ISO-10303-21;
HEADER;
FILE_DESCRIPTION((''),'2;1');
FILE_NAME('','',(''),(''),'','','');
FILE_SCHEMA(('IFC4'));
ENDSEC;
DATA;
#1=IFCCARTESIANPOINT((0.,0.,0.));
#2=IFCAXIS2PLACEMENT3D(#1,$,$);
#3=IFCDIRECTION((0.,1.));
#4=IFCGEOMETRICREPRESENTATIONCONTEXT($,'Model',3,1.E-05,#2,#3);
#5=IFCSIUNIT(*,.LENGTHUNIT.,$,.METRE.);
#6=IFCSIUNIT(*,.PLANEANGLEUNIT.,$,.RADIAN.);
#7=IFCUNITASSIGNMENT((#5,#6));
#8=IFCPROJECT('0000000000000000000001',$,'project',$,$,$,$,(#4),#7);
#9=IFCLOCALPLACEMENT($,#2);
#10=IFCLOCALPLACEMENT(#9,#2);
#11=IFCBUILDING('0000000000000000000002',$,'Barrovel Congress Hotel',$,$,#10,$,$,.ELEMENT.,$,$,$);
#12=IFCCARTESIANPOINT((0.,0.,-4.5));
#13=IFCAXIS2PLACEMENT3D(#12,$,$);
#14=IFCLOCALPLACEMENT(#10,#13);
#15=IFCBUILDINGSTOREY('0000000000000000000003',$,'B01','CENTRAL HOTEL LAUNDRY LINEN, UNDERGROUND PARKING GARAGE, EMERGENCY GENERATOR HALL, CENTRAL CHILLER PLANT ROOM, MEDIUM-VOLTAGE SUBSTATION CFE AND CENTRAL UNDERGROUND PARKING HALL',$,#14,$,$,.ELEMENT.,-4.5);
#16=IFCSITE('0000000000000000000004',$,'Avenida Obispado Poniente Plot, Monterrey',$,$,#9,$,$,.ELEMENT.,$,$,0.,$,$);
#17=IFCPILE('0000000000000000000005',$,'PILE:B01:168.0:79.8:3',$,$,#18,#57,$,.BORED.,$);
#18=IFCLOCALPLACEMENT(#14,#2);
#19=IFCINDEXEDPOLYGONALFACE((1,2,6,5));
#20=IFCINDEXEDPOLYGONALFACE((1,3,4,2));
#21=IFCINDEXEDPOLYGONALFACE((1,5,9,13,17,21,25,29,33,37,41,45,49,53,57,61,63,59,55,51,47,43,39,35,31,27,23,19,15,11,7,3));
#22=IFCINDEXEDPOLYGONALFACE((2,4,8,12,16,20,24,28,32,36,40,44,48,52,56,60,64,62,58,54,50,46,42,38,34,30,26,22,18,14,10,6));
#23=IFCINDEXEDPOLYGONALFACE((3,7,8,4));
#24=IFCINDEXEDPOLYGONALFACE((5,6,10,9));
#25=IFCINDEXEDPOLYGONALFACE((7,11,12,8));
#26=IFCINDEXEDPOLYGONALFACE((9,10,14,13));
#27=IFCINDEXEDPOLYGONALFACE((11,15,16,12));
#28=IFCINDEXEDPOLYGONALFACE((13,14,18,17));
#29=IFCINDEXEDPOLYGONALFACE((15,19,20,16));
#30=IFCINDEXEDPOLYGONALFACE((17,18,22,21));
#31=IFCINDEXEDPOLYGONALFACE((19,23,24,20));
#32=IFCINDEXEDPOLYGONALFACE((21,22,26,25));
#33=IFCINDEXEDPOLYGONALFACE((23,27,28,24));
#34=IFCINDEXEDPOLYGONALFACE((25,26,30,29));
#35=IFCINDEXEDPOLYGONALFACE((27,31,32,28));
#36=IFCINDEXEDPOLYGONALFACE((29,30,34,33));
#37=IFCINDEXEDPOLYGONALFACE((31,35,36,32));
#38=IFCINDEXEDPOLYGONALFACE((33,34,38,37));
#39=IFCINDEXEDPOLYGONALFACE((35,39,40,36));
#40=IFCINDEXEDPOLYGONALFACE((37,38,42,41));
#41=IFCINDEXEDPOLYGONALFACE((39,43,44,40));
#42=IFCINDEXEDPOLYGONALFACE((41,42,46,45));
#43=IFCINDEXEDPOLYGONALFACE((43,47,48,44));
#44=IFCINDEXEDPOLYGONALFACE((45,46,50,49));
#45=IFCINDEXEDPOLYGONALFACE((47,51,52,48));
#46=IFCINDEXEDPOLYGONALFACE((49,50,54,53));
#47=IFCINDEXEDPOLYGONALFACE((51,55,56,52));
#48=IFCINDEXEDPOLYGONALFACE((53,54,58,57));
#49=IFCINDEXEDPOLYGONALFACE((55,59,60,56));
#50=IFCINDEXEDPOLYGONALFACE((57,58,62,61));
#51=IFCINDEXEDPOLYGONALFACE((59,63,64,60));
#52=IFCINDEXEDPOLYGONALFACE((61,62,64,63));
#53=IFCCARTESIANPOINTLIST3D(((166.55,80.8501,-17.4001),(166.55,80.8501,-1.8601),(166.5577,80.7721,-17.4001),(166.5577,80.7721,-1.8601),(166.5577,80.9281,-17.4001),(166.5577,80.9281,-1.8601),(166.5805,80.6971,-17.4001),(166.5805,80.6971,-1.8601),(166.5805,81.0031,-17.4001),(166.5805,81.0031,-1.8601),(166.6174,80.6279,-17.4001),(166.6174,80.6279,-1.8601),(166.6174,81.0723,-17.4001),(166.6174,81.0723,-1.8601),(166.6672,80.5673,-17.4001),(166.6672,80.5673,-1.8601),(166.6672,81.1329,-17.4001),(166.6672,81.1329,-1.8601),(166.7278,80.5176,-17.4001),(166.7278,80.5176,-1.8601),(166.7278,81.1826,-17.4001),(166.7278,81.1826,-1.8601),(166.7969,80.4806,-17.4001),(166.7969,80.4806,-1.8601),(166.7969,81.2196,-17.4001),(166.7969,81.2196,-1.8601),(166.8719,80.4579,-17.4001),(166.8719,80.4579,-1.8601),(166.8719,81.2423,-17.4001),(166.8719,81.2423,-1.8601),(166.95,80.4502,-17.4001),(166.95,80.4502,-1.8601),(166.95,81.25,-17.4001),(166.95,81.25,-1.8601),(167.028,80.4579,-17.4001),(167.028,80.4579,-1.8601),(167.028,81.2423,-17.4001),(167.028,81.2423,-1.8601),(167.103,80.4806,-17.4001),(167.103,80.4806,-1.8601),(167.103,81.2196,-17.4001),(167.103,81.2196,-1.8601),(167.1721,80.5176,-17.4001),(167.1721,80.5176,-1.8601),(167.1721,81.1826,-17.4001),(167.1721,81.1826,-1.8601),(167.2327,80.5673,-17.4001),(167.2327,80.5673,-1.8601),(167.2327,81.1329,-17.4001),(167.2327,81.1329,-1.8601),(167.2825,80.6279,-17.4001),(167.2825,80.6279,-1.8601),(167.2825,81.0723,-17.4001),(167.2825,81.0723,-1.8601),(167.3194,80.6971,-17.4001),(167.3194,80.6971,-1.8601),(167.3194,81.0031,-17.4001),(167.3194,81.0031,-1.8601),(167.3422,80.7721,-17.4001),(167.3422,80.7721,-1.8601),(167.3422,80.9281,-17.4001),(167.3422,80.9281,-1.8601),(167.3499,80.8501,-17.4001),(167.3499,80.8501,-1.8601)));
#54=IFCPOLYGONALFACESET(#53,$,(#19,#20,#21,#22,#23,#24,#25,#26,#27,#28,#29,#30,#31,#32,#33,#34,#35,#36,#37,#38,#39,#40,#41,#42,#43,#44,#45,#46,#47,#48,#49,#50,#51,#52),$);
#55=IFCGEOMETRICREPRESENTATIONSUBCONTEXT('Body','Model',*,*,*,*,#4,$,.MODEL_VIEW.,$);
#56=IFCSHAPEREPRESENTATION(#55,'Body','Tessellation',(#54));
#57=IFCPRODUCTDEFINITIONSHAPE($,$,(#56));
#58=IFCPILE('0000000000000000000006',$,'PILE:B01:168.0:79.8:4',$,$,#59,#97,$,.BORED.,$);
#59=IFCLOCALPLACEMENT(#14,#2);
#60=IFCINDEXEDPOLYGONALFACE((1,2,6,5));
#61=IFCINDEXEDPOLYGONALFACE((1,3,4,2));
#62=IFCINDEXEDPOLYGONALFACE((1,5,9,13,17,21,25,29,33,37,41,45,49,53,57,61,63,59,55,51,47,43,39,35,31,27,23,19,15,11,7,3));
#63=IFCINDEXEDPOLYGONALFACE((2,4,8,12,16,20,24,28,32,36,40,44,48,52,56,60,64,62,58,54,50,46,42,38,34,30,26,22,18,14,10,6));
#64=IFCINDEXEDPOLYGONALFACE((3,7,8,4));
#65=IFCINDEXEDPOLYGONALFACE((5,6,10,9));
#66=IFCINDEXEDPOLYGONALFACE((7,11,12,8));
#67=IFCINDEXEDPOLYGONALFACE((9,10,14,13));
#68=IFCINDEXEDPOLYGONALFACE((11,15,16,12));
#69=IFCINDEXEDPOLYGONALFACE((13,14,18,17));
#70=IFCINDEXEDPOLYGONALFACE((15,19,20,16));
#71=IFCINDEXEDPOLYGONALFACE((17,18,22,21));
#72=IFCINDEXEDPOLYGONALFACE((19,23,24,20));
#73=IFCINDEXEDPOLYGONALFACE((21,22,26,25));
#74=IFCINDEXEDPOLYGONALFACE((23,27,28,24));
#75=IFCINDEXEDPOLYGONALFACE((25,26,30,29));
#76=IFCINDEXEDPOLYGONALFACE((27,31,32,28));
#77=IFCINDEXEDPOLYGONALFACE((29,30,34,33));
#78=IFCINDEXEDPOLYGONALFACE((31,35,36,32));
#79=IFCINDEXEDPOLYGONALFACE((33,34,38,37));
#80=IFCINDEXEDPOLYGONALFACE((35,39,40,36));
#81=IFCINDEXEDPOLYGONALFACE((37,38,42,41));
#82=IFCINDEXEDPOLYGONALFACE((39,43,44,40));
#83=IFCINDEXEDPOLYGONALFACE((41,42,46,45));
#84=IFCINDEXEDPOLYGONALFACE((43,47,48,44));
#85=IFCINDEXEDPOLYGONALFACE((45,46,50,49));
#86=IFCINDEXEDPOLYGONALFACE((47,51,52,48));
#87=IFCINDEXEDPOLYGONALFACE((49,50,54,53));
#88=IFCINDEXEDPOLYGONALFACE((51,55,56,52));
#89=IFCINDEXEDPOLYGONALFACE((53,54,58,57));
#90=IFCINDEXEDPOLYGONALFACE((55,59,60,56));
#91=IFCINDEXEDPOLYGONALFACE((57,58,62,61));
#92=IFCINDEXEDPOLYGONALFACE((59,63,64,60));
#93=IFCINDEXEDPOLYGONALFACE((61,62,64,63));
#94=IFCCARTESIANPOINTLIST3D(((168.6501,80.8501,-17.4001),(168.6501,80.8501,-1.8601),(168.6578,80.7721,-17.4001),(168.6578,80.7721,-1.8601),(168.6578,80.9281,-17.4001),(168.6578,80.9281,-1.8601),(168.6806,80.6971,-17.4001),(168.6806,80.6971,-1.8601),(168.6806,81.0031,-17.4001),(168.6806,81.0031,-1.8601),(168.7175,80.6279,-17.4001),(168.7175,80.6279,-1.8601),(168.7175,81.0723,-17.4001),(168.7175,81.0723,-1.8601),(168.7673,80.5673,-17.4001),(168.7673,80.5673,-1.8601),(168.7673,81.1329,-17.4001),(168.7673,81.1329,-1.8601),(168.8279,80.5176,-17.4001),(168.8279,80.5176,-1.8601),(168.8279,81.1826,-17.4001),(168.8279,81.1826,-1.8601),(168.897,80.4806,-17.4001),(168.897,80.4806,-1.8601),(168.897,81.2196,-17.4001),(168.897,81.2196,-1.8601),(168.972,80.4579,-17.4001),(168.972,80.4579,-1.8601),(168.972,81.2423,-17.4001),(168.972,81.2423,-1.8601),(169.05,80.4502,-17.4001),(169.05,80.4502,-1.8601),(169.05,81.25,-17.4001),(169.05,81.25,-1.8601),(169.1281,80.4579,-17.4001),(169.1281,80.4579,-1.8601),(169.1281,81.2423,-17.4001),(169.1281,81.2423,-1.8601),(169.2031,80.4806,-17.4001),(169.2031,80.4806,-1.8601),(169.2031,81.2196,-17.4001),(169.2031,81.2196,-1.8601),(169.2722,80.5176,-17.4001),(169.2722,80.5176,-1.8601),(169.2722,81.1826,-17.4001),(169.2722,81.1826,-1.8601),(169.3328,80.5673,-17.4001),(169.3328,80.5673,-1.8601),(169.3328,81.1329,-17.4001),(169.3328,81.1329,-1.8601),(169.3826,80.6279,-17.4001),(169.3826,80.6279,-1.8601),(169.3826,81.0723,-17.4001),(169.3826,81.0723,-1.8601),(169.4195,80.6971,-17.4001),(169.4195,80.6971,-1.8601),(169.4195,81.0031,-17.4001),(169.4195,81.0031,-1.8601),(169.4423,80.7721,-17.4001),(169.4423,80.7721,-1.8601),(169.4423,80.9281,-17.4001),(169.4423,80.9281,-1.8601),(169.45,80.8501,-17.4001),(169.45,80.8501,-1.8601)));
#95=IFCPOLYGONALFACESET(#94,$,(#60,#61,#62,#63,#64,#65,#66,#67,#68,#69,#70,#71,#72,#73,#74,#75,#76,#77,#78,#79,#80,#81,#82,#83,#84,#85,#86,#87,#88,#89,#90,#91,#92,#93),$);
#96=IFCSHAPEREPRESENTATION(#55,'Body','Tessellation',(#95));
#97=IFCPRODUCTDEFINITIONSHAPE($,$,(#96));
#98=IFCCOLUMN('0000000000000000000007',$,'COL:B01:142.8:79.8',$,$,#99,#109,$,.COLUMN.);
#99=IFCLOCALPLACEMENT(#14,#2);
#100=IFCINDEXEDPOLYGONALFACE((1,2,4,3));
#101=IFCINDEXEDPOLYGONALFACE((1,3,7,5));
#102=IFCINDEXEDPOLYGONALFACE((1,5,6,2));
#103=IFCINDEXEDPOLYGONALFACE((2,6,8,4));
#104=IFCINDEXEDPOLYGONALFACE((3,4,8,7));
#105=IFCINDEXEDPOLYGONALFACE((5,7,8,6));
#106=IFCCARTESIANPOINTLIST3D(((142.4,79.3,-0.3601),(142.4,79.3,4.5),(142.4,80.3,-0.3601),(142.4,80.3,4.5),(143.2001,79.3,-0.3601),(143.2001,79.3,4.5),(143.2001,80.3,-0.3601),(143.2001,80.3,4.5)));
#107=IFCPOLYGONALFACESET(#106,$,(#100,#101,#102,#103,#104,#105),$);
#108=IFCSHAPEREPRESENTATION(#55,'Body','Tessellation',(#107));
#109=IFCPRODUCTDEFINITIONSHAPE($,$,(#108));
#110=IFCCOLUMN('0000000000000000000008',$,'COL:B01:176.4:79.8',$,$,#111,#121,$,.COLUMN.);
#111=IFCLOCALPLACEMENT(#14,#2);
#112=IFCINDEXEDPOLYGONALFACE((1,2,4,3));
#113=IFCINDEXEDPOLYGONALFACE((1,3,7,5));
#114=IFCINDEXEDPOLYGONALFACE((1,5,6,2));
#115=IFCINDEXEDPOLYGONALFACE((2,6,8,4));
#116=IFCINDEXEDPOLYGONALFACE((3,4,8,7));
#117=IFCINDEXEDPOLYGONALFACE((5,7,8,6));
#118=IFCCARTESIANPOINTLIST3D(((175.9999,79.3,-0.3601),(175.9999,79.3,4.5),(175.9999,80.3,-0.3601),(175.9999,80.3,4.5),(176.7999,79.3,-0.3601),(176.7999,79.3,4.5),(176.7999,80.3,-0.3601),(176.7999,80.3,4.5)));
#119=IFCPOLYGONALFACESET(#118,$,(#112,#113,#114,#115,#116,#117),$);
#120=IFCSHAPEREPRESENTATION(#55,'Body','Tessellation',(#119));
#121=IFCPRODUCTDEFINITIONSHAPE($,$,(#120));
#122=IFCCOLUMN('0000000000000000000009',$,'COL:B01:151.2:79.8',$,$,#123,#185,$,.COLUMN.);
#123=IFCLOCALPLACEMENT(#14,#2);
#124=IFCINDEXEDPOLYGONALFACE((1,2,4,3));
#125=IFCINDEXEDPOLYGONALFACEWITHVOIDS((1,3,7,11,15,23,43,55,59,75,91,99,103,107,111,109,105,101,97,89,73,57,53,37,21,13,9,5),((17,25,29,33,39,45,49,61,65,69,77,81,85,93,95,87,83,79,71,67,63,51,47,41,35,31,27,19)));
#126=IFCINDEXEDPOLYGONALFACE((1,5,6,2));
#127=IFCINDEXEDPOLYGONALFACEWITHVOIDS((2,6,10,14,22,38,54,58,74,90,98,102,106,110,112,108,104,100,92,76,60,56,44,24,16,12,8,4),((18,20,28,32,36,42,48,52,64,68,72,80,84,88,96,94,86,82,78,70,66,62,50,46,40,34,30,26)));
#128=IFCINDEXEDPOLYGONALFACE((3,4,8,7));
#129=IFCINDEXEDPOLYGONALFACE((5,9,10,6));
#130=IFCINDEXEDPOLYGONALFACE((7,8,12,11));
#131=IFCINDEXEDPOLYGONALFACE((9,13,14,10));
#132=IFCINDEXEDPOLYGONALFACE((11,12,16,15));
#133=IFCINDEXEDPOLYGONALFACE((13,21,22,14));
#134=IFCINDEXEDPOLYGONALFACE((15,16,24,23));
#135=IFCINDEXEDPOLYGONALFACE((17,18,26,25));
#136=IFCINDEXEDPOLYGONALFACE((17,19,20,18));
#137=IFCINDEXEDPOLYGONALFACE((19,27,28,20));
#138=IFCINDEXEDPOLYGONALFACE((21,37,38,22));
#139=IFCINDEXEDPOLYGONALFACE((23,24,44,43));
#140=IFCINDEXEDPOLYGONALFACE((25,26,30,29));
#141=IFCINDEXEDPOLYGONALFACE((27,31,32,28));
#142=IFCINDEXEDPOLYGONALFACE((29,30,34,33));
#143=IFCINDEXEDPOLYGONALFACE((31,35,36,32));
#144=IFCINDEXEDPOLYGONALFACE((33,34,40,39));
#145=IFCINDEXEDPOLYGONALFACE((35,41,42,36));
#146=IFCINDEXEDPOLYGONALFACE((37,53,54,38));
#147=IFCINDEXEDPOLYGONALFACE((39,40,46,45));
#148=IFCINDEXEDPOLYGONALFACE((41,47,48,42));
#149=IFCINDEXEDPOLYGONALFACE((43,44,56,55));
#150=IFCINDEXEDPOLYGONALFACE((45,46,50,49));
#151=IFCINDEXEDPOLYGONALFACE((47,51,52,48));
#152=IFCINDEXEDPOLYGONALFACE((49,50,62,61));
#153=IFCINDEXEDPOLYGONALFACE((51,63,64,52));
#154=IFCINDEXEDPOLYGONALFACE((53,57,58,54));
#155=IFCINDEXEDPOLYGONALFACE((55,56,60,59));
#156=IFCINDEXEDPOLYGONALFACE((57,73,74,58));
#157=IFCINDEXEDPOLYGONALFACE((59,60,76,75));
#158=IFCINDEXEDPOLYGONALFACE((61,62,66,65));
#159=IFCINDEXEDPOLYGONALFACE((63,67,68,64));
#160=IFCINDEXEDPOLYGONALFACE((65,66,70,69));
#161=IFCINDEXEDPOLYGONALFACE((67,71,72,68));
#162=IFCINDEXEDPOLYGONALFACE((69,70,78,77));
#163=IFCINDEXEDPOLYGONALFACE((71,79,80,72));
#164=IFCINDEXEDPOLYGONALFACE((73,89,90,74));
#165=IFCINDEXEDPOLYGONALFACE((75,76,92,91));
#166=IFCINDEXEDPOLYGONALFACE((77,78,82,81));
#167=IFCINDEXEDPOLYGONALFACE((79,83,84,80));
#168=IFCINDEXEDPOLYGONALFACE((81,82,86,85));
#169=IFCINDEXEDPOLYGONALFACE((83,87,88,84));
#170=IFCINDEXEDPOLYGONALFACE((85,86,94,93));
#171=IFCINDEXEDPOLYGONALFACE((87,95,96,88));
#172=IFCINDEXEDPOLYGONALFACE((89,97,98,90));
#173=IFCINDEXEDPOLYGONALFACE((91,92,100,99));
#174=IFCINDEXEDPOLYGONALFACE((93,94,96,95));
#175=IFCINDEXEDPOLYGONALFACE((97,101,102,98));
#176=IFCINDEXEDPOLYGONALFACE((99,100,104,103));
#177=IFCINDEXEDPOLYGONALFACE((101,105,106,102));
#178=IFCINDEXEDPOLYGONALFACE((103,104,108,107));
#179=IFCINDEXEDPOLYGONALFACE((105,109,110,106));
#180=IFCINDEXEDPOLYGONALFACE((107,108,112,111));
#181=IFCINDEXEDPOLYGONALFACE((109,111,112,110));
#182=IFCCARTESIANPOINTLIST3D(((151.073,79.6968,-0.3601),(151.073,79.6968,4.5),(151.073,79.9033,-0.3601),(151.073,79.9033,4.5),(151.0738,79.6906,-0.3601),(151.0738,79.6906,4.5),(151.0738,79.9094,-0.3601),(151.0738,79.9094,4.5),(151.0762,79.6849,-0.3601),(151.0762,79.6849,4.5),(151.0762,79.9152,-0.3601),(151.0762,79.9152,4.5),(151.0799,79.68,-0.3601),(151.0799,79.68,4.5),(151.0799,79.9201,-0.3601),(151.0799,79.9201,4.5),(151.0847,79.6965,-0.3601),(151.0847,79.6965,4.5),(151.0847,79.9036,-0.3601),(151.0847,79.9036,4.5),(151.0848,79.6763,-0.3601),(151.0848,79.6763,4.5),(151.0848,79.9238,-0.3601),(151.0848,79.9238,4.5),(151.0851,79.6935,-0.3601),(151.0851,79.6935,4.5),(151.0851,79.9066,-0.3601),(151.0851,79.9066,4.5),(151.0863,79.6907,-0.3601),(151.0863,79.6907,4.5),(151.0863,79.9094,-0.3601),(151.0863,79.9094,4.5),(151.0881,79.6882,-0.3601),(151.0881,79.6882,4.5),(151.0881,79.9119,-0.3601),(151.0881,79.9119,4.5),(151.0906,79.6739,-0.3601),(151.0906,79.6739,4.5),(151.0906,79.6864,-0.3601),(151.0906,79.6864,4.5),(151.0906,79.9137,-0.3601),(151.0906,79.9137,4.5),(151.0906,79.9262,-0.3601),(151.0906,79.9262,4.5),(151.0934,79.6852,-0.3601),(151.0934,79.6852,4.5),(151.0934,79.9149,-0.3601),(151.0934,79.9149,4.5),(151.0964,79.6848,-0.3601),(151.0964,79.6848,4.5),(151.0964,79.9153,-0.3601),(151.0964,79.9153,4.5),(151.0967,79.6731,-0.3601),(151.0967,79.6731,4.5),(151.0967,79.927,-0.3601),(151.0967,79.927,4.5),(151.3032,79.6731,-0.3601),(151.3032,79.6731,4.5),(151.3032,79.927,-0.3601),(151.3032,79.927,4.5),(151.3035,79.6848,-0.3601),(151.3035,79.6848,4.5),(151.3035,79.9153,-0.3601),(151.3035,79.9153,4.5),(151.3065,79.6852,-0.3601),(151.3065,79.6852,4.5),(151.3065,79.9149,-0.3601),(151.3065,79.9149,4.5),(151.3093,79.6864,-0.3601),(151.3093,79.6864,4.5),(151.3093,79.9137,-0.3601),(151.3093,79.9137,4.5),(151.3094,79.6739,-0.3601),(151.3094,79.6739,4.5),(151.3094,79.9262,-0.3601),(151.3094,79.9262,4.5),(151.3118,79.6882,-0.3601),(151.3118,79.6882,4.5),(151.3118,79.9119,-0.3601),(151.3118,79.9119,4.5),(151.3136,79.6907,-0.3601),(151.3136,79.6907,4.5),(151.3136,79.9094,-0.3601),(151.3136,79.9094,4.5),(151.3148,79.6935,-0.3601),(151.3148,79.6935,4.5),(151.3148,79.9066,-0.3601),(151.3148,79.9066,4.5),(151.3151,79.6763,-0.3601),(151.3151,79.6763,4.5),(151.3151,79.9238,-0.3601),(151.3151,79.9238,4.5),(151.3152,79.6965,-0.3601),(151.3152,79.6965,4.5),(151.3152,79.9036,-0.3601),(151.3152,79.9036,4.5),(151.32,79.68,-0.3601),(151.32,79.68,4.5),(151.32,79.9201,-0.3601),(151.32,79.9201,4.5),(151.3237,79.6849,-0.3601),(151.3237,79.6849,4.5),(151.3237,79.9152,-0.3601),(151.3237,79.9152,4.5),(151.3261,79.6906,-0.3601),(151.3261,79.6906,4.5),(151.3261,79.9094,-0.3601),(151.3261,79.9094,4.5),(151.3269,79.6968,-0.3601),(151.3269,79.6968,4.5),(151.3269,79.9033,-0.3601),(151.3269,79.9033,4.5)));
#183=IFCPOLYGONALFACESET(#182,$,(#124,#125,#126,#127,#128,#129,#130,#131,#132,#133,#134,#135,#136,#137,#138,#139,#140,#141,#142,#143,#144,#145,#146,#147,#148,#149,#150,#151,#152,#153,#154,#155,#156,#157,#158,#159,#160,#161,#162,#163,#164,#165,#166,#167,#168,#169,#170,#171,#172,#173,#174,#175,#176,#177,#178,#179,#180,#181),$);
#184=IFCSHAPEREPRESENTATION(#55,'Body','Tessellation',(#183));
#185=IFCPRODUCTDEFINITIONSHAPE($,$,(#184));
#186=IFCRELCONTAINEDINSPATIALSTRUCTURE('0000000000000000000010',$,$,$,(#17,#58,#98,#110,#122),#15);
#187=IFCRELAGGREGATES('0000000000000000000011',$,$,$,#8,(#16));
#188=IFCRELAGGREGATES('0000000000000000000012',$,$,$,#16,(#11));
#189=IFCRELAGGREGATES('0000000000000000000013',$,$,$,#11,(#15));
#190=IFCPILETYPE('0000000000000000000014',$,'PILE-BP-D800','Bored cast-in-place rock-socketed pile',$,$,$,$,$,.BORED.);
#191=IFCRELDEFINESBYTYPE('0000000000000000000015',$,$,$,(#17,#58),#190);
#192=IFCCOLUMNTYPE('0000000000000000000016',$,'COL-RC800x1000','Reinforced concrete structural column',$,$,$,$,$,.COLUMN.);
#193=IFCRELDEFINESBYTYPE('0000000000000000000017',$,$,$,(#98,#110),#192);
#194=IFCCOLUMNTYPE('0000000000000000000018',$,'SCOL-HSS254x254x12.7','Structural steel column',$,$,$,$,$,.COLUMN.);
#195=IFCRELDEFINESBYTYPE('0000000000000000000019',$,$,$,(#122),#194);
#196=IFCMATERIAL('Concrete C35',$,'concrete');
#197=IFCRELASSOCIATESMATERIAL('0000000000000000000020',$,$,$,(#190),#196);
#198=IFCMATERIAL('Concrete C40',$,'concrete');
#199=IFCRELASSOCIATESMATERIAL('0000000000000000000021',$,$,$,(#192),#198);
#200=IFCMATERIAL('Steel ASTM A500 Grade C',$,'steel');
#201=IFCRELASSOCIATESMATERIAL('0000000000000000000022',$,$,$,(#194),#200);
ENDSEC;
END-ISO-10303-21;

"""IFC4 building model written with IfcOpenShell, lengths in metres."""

from ifc_helpers import new_model, si_unit, direction, frame, origin, origin_2d, place, context, subcontext, project, spatial, rectangle, hollow_rectangle, circle, extrude, material, material_profile, profile_set, type_object, element, save


model = new_model("IFC4")

# Units and contexts
model_context = context("Model", 3, precision=1e-05, world=origin(), true_north=direction((0.0, 1.0)))
body_context = subcontext(model_context, "Body", "Model", "MODEL_VIEW")
ifc_project = project(units=[si_unit("LENGTHUNIT", "METRE"), si_unit("PLANEANGLEUNIT", "RADIAN")], contexts=[model_context])

# Site, building, storey
site_placement = place(None, origin())
site = spatial("IfcSite", under=ifc_project, at=site_placement, Name="Avenida Obispado Poniente Plot, Monterrey", CompositionType="ELEMENT", RefElevation=0.0)
building_placement = place(site_placement, origin())
building = spatial("IfcBuilding", under=site, at=building_placement, Name="Barrovel Congress Hotel", CompositionType="ELEMENT")
storey_placement = place(building_placement, frame((0.0, 0.0, -4.5)))
storey = spatial("IfcBuildingStorey", under=building, at=storey_placement, Name="B01", Description="CENTRAL HOTEL LAUNDRY LINEN, UNDERGROUND PARKING GARAGE, EMERGENCY GENERATOR HALL, CENTRAL CHILLER PLANT ROOM, MEDIUM-VOLTAGE SUBSTATION CFE AND CENTRAL UNDERGROUND PARKING HALL", CompositionType="ELEMENT", Elevation=-4.5)

# Shared definitions
ifc_material_1 = material(Name="Concrete C40", Category="concrete")

# Piles
ifc_material_2 = material(Name="Concrete C35", Category="concrete")
ifc_material_profile_1 = material_profile(ifc_material_2, circle(Radius=0.3999, at=origin_2d()), Name="BP-D800")
ifc_profile_set_1 = profile_set([ifc_material_profile_1], Name="Concrete C35")
pile_type_1 = type_object("IfcPileType", Name="PILE-BP-D800", Description="Bored cast-in-place rock-socketed pile", PredefinedType="BORED", material=ifc_profile_set_1)
for number, where, z_axis, x_axis, name in (
    (1, (166.95, 80.8501, -1.8601), (0.0, 0.0, -1.0), (1.0, 0.0, 0.0), "PILE:B01:168.0:79.8:3"),
    (2, (169.05, 80.8501, -1.8601), (0.0, 0.0, -1.0), (1.0, 0.0, 0.0), "PILE:B01:168.0:79.8:4"),
):
    element("IfcPile", number, at=place(storey_placement, frame(where, z_axis=z_axis, x_axis=x_axis)), inside=storey, type_object=pile_type_1, Name=name, PredefinedType="BORED", context=body_context, shape_type="SweptSolid", body=[
        extrude(circle(Radius=0.3999, at=origin_2d()), origin(), (0.0, 0.0, 1.0), 15.54),
    ])

# Columns
ifc_material_profile_2 = material_profile(ifc_material_1, rectangle(XDim=0.8, YDim=1.0, at=origin_2d()), Name="RC800x1000")
ifc_profile_set_2 = profile_set([ifc_material_profile_2], Name="Concrete C40")
column_type_1 = type_object("IfcColumnType", Name="COL-RC800x1000", Description="Reinforced concrete structural column", PredefinedType="COLUMN", material=ifc_profile_set_2)
for number, where, z_axis, x_axis, name in (
    (3, (142.8, 79.8, -0.3601), (0.0, 0.0, 1.0), (1.0, 0.0, 0.0), "COL:B01:142.8:79.8"),
    (4, (176.3999, 79.8, -0.3601), (0.0, 0.0, 1.0), (1.0, 0.0, 0.0), "COL:B01:176.4:79.8"),
):
    element("IfcColumn", number, at=place(storey_placement, frame(where, z_axis=z_axis, x_axis=x_axis)), inside=storey, type_object=column_type_1, Name=name, PredefinedType="COLUMN", context=body_context, shape_type="SweptSolid", body=[
        extrude(rectangle(XDim=0.8, YDim=1.0, at=origin_2d()), origin(), (0.0, 0.0, 1.0), 4.8601),
    ])
ifc_material_3 = material(Name="Steel ASTM A500 Grade C", Category="steel")
ifc_material_profile_3 = material_profile(ifc_material_3, hollow_rectangle(XDim=0.2539, YDim=0.2539, WallThickness=0.0117, InnerFilletRadius=0.0117, OuterFilletRadius=0.0237, at=origin_2d()), Name="HSS254x254x12.7")
ifc_profile_set_3 = profile_set([ifc_material_profile_3], Name="Steel ASTM A500 Grade C")
column_type_2 = type_object("IfcColumnType", Name="SCOL-HSS254x254x12.7", Description="Structural steel column", PredefinedType="COLUMN", material=ifc_profile_set_3)
for number, where, z_axis, x_axis, name in (
    (5, (151.2, 79.8, -0.3601), (0.0, 0.0, 1.0), (1.0, 0.0, 0.0), "COL:B01:151.2:79.8"),
):
    element("IfcColumn", number, at=place(storey_placement, frame(where, z_axis=z_axis, x_axis=x_axis)), inside=storey, type_object=column_type_2, Name=name, PredefinedType="COLUMN", context=body_context, shape_type="SweptSolid", body=[
        extrude(hollow_rectangle(XDim=0.2539, YDim=0.2539, WallThickness=0.0117, InnerFilletRadius=0.0117, OuterFilletRadius=0.0237, at=origin_2d()), origin(), (0.0, 0.0, 1.0), 4.8601),
    ])

save(model, "model.ifc")
